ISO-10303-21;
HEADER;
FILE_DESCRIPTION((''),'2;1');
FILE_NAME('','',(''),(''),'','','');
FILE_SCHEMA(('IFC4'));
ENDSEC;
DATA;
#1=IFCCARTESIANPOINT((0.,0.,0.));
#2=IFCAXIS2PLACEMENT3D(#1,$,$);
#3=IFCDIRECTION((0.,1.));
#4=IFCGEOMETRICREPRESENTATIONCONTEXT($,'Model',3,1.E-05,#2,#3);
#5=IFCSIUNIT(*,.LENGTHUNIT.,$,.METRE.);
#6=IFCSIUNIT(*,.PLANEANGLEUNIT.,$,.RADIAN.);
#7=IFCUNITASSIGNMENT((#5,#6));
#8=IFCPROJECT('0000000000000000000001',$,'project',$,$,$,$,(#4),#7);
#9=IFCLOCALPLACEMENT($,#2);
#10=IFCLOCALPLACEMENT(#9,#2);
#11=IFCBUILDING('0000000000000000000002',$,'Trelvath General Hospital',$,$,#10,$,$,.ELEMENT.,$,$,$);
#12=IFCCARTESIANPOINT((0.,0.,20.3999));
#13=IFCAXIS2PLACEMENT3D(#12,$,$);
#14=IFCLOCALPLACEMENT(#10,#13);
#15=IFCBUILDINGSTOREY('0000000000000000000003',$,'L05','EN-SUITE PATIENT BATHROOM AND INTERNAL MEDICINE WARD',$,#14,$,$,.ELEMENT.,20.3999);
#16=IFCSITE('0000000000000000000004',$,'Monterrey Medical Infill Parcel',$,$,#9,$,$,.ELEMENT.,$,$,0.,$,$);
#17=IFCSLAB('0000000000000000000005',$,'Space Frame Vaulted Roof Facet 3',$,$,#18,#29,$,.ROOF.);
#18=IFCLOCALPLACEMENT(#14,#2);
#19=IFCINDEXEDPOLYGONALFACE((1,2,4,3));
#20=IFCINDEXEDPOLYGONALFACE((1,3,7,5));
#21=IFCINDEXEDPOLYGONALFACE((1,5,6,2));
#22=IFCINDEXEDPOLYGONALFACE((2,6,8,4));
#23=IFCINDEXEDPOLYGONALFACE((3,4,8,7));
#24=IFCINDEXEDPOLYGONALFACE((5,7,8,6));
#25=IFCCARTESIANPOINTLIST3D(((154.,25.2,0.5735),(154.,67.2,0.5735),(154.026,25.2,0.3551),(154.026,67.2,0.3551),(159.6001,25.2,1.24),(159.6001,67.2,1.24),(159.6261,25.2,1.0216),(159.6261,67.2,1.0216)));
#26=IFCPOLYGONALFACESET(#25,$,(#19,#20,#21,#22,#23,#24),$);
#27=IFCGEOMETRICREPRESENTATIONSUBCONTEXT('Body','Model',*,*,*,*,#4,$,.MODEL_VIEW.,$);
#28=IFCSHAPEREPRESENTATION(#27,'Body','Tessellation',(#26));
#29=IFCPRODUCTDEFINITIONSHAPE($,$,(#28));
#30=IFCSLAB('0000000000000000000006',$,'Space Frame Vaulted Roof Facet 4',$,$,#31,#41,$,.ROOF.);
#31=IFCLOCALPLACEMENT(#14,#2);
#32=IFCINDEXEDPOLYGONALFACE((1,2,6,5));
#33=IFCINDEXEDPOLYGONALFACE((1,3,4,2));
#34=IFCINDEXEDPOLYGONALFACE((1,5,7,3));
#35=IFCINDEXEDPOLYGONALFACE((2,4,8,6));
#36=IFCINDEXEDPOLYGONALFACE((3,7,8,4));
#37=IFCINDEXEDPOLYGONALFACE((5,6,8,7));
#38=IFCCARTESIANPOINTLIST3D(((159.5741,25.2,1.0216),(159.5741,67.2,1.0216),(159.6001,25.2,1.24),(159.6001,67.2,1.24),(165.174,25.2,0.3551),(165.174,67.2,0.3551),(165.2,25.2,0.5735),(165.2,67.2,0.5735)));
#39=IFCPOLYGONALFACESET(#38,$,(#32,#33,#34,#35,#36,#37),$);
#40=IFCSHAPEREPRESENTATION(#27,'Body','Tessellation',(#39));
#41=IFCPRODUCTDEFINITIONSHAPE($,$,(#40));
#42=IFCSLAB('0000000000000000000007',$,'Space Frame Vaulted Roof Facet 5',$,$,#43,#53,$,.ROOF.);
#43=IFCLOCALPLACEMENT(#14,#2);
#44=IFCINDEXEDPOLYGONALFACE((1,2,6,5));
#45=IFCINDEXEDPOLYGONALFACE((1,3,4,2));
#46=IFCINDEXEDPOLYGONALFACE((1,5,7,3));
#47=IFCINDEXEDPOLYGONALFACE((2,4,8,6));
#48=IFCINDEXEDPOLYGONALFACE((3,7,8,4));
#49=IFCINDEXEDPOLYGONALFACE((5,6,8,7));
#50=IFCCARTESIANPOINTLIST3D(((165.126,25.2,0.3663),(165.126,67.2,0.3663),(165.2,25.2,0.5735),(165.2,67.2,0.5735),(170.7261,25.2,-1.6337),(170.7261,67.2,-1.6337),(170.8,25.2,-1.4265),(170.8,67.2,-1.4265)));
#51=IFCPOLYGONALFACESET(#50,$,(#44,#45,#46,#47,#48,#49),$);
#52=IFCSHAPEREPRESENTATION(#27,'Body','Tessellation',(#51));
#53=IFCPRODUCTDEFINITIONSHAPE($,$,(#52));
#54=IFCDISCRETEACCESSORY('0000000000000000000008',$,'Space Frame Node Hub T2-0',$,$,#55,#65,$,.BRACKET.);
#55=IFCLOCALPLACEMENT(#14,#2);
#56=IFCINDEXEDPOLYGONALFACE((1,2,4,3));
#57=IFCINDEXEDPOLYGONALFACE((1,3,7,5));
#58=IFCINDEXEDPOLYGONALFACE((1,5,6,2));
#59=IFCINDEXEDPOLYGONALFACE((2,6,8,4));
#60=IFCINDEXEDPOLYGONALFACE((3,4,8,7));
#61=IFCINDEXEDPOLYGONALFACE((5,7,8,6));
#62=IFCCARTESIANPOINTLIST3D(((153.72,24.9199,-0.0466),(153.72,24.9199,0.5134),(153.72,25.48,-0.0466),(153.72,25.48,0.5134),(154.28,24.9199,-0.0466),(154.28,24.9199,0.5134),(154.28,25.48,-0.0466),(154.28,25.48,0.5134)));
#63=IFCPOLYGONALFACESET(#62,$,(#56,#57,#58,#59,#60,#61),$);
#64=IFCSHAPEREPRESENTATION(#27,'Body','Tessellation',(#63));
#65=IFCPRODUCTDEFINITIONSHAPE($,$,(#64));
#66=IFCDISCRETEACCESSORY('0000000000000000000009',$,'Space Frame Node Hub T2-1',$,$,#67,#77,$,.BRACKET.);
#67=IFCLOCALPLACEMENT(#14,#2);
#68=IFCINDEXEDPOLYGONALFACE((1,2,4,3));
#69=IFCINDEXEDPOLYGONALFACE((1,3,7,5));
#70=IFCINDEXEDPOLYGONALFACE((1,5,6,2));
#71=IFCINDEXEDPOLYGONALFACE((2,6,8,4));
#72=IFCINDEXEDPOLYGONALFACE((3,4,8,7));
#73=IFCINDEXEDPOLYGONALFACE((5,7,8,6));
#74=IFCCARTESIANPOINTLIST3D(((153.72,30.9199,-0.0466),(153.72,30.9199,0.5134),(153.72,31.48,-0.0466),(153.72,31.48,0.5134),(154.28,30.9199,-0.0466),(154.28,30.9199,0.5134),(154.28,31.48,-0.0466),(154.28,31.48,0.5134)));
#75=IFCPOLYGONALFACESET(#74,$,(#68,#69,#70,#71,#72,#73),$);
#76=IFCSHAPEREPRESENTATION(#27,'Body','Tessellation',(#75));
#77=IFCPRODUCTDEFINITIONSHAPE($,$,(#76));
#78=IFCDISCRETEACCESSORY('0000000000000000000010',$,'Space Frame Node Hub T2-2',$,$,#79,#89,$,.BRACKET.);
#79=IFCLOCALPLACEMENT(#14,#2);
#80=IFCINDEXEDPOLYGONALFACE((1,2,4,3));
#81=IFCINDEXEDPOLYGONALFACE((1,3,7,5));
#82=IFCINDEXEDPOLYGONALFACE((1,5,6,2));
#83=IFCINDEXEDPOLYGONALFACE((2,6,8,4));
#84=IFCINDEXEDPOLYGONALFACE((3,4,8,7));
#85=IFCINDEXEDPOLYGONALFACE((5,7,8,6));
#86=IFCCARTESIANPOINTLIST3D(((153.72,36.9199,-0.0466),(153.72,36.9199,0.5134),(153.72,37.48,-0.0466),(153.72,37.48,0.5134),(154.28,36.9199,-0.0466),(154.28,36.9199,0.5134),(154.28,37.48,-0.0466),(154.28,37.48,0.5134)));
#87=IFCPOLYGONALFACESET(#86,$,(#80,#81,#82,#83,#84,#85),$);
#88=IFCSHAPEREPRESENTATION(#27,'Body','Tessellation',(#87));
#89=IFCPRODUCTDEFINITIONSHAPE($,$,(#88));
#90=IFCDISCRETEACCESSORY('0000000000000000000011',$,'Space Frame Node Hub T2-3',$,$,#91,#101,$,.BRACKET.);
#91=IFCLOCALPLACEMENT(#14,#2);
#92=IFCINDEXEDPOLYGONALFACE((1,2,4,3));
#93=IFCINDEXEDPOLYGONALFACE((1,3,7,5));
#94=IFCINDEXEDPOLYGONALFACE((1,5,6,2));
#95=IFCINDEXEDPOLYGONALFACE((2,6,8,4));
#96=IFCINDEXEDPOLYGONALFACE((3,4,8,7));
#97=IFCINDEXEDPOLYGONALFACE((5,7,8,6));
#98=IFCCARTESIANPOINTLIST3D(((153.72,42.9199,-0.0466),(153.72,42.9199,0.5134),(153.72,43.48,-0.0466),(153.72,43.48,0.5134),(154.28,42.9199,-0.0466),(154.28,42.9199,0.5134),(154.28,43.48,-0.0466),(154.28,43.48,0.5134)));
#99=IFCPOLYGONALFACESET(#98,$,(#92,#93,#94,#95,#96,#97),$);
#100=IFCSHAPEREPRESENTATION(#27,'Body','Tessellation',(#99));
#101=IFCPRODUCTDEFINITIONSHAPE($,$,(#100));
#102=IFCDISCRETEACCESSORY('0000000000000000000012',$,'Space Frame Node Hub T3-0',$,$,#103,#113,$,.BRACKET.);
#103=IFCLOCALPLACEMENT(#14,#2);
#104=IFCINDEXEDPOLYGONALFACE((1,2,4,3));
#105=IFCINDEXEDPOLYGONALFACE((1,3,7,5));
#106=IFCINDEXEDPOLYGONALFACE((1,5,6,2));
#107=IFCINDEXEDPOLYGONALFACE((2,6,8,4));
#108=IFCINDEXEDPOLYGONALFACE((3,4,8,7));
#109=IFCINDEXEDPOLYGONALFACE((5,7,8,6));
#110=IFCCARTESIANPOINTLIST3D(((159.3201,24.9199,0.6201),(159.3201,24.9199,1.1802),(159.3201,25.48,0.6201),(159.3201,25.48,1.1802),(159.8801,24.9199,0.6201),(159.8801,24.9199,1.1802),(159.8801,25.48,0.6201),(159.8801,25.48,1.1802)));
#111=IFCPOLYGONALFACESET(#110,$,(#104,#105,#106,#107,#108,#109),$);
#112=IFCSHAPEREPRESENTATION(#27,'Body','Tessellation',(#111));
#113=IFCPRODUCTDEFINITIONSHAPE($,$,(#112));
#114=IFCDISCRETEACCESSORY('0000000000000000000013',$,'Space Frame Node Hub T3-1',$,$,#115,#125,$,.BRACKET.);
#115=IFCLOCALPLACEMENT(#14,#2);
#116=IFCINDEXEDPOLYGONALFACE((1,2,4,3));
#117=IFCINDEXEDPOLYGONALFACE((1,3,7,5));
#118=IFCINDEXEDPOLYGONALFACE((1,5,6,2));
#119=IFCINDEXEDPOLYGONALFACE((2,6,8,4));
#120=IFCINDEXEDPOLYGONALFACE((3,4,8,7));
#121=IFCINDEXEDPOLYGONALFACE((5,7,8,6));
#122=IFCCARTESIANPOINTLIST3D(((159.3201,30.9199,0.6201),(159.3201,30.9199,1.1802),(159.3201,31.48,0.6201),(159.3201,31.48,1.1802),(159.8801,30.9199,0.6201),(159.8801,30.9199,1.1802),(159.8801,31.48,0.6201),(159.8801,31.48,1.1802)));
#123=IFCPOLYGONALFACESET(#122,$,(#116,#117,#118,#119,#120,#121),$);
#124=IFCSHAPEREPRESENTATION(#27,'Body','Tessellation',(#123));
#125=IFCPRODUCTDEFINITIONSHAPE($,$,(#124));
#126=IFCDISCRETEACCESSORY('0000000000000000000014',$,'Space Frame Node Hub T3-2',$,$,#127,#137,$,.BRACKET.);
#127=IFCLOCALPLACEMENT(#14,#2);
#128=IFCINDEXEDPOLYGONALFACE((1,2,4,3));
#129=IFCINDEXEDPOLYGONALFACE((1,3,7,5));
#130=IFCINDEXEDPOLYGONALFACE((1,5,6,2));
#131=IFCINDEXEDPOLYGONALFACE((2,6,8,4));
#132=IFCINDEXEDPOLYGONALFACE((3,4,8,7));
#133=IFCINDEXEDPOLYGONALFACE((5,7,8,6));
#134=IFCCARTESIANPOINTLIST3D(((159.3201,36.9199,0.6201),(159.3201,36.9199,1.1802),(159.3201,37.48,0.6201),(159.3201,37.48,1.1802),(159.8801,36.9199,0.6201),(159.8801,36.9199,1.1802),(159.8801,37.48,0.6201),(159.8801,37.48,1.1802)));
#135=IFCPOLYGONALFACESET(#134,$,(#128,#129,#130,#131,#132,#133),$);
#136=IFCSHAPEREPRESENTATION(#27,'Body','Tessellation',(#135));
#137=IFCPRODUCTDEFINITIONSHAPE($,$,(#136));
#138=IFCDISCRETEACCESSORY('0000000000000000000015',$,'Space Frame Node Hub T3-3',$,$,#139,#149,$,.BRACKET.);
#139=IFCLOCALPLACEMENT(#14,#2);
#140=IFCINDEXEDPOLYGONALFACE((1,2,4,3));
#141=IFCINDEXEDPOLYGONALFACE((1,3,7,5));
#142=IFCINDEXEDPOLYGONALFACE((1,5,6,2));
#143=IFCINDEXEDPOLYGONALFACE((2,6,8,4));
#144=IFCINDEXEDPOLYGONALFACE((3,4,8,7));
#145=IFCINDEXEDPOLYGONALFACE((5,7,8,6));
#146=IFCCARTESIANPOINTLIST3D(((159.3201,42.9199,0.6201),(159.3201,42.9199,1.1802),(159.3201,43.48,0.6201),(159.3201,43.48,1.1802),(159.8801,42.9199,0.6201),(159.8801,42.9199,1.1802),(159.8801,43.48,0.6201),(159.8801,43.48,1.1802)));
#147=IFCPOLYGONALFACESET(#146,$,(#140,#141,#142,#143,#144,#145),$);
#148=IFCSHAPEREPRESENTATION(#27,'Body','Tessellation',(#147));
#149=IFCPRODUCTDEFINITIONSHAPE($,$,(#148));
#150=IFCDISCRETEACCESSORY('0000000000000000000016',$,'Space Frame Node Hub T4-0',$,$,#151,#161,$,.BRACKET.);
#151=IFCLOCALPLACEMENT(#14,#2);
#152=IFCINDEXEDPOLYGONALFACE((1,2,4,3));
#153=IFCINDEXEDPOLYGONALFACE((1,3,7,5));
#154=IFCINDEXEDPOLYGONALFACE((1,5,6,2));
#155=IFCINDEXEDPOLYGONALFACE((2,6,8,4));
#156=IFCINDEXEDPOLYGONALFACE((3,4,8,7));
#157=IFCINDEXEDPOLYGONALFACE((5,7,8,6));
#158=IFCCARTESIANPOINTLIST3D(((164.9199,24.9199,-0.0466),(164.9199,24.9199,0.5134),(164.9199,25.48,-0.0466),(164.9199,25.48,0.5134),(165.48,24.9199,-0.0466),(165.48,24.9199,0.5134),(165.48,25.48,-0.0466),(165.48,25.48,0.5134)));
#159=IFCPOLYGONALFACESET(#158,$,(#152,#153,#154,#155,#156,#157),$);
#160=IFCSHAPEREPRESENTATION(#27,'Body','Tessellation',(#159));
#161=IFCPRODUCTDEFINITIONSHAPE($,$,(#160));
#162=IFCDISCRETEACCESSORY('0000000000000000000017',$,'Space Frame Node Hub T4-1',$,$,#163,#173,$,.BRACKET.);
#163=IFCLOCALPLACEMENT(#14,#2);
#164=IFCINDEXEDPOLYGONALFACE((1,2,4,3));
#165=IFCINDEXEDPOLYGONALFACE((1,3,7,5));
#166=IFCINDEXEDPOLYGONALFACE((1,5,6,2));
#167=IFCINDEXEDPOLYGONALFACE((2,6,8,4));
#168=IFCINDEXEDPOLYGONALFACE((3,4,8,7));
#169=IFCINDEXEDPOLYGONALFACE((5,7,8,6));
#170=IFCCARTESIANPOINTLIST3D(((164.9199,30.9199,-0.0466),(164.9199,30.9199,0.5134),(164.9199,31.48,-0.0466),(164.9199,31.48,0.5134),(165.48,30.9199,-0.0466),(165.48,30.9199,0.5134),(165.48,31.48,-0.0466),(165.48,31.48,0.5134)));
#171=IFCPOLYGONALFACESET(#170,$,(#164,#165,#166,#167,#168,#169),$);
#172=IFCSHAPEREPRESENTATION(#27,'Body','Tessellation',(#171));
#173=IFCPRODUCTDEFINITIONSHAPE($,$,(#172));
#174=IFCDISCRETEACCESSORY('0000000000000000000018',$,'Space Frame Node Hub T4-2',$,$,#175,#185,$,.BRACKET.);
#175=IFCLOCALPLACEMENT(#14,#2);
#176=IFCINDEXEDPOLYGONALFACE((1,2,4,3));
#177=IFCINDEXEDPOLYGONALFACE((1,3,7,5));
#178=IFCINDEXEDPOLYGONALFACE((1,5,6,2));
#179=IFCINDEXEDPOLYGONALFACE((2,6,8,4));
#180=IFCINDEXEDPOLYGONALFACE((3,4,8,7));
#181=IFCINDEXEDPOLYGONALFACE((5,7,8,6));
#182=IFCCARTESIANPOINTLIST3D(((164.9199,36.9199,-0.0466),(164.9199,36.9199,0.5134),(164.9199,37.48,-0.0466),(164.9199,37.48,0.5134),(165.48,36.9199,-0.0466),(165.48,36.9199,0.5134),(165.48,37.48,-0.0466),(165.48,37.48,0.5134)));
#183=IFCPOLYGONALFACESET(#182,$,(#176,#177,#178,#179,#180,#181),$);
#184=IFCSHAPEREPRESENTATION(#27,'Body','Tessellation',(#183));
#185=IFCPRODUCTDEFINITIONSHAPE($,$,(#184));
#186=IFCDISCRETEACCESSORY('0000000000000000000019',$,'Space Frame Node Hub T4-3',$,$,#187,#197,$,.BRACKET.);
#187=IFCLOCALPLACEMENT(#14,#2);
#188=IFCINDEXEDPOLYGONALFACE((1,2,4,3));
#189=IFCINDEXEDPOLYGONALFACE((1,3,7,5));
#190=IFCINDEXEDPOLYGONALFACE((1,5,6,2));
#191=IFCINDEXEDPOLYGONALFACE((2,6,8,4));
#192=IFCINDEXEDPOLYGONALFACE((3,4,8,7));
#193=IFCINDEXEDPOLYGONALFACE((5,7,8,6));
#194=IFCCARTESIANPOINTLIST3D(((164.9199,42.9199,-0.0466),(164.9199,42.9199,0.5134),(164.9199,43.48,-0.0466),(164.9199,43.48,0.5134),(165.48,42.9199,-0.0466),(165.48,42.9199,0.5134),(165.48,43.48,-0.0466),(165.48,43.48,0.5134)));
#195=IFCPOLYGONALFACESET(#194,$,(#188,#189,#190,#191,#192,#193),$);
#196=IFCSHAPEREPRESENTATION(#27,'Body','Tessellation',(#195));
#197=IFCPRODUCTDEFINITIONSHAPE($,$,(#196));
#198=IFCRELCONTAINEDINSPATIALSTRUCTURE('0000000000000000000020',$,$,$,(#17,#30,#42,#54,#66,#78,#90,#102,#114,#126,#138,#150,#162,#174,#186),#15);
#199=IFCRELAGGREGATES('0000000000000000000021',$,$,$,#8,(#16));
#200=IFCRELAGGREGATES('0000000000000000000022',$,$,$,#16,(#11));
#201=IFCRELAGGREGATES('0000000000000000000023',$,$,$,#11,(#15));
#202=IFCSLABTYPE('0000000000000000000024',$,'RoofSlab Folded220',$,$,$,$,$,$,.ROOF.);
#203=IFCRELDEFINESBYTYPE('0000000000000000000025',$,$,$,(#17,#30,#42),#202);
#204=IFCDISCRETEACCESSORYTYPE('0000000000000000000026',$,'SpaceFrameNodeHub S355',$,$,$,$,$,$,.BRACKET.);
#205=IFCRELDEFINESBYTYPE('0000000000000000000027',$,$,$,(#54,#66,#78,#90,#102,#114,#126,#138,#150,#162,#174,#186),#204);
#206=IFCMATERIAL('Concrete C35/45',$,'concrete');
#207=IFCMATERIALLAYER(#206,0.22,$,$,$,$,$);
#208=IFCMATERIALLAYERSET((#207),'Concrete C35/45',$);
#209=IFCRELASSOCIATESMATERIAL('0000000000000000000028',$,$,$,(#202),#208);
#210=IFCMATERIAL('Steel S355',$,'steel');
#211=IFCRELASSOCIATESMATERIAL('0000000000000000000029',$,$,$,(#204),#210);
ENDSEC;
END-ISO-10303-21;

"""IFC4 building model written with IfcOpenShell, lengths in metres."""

from ifc_helpers import new_model, si_unit, direction, frame, origin, origin_2d, place, context, subcontext, project, spatial, polyline, rectangle, outline, extrude, material, layer, layer_set, type_object, element, save


model = new_model("IFC4")

# Units and contexts
model_context = context("Model", 3, precision=1e-05, world=origin(), true_north=direction((0.0, 1.0)))
body_context = subcontext(model_context, "Body", "Model", "MODEL_VIEW")
ifc_project = project(units=[si_unit("LENGTHUNIT", "METRE"), si_unit("PLANEANGLEUNIT", "RADIAN")], contexts=[model_context])

# Site, building, storey
site_placement = place(None, origin())
site = spatial("IfcSite", under=ifc_project, at=site_placement, Name="Monterrey Medical Infill Parcel", CompositionType="ELEMENT", RefElevation=0.0)
building_placement = place(site_placement, origin())
building = spatial("IfcBuilding", under=site, at=building_placement, Name="Trelvath General Hospital", CompositionType="ELEMENT")
storey_placement = place(building_placement, frame((0.0, 0.0, 20.3999)))
storey = spatial("IfcBuildingStorey", under=building, at=storey_placement, Name="L05", Description="EN-SUITE PATIENT BATHROOM AND INTERNAL MEDICINE WARD", CompositionType="ELEMENT", Elevation=20.3999)

# Slabs
ifc_material_1 = material(Name="Concrete C35/45", Category="concrete")
ifc_layer = layer(ifc_material_1, 0.22)
ifc_layer_set = layer_set([ifc_layer], Name="Concrete C35/45")
slab_type = type_object("IfcSlabType", Name="RoofSlab Folded220", PredefinedType="ROOF", material=ifc_layer_set)
slab_1_placement = place(storey_placement, frame((154.0, 25.2, 0.5735), z_axis=(-0.118182, 0.0, 0.992992), x_axis=(0.992992, 0.0, 0.118182)))
element("IfcSlab", 1, at=slab_1_placement, inside=storey, type_object=slab_type, Name="Space Frame Vaulted Roof Facet 3", PredefinedType="ROOF", context=body_context, shape_type="SweptSolid", body=[
    extrude(outline(polyline([(0.0, 0.0), (5.6396, 0.0), (5.6396, 42.0), (0.0, 42.0), (0.0, 0.0)])), origin(), (0.0, 0.0, -1.0), 0.22),
])
slab_2_placement = place(storey_placement, frame((159.6001, 25.2, 1.24), z_axis=(0.118187, 0.0, 0.992991), x_axis=(0.992991, 0.0, -0.118187)))
element("IfcSlab", 2, at=slab_2_placement, inside=storey, type_object=slab_type, Name="Space Frame Vaulted Roof Facet 4", PredefinedType="ROOF", context=body_context, shape_type="SweptSolid", body=[
    extrude(outline(polyline([(0.0, 0.0), (5.6394, 0.0), (5.6394, 42.0), (0.0, 42.0), (0.0, 0.0)])), origin(), (0.0, 0.0, -1.0), 0.22),
])
slab_3_placement = place(storey_placement, frame((165.2, 25.2, 0.5735), z_axis=(0.336331, 0.0, 0.941744), x_axis=(0.941744, 0.0, -0.336331)))
element("IfcSlab", 3, at=slab_3_placement, inside=storey, type_object=slab_type, Name="Space Frame Vaulted Roof Facet 5", PredefinedType="ROOF", context=body_context, shape_type="SweptSolid", body=[
    extrude(outline(polyline([(0.0, 0.0), (5.9465, 0.0), (5.9465, 42.0), (0.0, 42.0), (0.0, 0.0)])), origin(), (0.0, 0.0, -1.0), 0.22),
])

# Discrete accessories
ifc_material_2 = material(Name="Steel S355", Category="steel")
discrete_accessory_type = type_object("IfcDiscreteAccessoryType", Name="SpaceFrameNodeHub S355", PredefinedType="BRACKET", material=ifc_material_2)
for number, where, z_axis, x_axis, name in (
    (4, (154.0, 25.2, -0.0466), (0.0, 0.0, 1.0), (1.0, 0.0, 0.0), "Space Frame Node Hub T2-0"),
    (5, (154.0, 31.2, -0.0466), (0.0, 0.0, 1.0), (1.0, 0.0, 0.0), "Space Frame Node Hub T2-1"),
    (6, (154.0, 37.2, -0.0466), (0.0, 0.0, 1.0), (1.0, 0.0, 0.0), "Space Frame Node Hub T2-2"),
    (7, (154.0, 43.2, -0.0466), (0.0, 0.0, 1.0), (1.0, 0.0, 0.0), "Space Frame Node Hub T2-3"),
    (8, (159.6001, 25.2, 0.6201), (0.0, 0.0, 1.0), (1.0, 0.0, 0.0), "Space Frame Node Hub T3-0"),
    (9, (159.6001, 31.2, 0.6201), (0.0, 0.0, 1.0), (1.0, 0.0, 0.0), "Space Frame Node Hub T3-1"),
    (10, (159.6001, 37.2, 0.6201), (0.0, 0.0, 1.0), (1.0, 0.0, 0.0), "Space Frame Node Hub T3-2"),
    (11, (159.6001, 43.2, 0.6201), (0.0, 0.0, 1.0), (1.0, 0.0, 0.0), "Space Frame Node Hub T3-3"),
    (12, (165.2, 25.2, -0.0466), (0.0, 0.0, 1.0), (1.0, 0.0, 0.0), "Space Frame Node Hub T4-0"),
    (13, (165.2, 31.2, -0.0466), (0.0, 0.0, 1.0), (1.0, 0.0, 0.0), "Space Frame Node Hub T4-1"),
    (14, (165.2, 37.2, -0.0466), (0.0, 0.0, 1.0), (1.0, 0.0, 0.0), "Space Frame Node Hub T4-2"),
    (15, (165.2, 43.2, -0.0466), (0.0, 0.0, 1.0), (1.0, 0.0, 0.0), "Space Frame Node Hub T4-3"),
):
    element("IfcDiscreteAccessory", number, at=place(storey_placement, frame(where, z_axis=z_axis, x_axis=x_axis)), inside=storey, type_object=discrete_accessory_type, Name=name, PredefinedType="BRACKET", context=body_context, shape_type="SweptSolid", body=[
        extrude(rectangle(XDim=0.5601, YDim=0.5601, at=origin_2d()), origin(), (0.0, 0.0, 1.0), 0.5601),
    ])

save(model, "model.ifc")
